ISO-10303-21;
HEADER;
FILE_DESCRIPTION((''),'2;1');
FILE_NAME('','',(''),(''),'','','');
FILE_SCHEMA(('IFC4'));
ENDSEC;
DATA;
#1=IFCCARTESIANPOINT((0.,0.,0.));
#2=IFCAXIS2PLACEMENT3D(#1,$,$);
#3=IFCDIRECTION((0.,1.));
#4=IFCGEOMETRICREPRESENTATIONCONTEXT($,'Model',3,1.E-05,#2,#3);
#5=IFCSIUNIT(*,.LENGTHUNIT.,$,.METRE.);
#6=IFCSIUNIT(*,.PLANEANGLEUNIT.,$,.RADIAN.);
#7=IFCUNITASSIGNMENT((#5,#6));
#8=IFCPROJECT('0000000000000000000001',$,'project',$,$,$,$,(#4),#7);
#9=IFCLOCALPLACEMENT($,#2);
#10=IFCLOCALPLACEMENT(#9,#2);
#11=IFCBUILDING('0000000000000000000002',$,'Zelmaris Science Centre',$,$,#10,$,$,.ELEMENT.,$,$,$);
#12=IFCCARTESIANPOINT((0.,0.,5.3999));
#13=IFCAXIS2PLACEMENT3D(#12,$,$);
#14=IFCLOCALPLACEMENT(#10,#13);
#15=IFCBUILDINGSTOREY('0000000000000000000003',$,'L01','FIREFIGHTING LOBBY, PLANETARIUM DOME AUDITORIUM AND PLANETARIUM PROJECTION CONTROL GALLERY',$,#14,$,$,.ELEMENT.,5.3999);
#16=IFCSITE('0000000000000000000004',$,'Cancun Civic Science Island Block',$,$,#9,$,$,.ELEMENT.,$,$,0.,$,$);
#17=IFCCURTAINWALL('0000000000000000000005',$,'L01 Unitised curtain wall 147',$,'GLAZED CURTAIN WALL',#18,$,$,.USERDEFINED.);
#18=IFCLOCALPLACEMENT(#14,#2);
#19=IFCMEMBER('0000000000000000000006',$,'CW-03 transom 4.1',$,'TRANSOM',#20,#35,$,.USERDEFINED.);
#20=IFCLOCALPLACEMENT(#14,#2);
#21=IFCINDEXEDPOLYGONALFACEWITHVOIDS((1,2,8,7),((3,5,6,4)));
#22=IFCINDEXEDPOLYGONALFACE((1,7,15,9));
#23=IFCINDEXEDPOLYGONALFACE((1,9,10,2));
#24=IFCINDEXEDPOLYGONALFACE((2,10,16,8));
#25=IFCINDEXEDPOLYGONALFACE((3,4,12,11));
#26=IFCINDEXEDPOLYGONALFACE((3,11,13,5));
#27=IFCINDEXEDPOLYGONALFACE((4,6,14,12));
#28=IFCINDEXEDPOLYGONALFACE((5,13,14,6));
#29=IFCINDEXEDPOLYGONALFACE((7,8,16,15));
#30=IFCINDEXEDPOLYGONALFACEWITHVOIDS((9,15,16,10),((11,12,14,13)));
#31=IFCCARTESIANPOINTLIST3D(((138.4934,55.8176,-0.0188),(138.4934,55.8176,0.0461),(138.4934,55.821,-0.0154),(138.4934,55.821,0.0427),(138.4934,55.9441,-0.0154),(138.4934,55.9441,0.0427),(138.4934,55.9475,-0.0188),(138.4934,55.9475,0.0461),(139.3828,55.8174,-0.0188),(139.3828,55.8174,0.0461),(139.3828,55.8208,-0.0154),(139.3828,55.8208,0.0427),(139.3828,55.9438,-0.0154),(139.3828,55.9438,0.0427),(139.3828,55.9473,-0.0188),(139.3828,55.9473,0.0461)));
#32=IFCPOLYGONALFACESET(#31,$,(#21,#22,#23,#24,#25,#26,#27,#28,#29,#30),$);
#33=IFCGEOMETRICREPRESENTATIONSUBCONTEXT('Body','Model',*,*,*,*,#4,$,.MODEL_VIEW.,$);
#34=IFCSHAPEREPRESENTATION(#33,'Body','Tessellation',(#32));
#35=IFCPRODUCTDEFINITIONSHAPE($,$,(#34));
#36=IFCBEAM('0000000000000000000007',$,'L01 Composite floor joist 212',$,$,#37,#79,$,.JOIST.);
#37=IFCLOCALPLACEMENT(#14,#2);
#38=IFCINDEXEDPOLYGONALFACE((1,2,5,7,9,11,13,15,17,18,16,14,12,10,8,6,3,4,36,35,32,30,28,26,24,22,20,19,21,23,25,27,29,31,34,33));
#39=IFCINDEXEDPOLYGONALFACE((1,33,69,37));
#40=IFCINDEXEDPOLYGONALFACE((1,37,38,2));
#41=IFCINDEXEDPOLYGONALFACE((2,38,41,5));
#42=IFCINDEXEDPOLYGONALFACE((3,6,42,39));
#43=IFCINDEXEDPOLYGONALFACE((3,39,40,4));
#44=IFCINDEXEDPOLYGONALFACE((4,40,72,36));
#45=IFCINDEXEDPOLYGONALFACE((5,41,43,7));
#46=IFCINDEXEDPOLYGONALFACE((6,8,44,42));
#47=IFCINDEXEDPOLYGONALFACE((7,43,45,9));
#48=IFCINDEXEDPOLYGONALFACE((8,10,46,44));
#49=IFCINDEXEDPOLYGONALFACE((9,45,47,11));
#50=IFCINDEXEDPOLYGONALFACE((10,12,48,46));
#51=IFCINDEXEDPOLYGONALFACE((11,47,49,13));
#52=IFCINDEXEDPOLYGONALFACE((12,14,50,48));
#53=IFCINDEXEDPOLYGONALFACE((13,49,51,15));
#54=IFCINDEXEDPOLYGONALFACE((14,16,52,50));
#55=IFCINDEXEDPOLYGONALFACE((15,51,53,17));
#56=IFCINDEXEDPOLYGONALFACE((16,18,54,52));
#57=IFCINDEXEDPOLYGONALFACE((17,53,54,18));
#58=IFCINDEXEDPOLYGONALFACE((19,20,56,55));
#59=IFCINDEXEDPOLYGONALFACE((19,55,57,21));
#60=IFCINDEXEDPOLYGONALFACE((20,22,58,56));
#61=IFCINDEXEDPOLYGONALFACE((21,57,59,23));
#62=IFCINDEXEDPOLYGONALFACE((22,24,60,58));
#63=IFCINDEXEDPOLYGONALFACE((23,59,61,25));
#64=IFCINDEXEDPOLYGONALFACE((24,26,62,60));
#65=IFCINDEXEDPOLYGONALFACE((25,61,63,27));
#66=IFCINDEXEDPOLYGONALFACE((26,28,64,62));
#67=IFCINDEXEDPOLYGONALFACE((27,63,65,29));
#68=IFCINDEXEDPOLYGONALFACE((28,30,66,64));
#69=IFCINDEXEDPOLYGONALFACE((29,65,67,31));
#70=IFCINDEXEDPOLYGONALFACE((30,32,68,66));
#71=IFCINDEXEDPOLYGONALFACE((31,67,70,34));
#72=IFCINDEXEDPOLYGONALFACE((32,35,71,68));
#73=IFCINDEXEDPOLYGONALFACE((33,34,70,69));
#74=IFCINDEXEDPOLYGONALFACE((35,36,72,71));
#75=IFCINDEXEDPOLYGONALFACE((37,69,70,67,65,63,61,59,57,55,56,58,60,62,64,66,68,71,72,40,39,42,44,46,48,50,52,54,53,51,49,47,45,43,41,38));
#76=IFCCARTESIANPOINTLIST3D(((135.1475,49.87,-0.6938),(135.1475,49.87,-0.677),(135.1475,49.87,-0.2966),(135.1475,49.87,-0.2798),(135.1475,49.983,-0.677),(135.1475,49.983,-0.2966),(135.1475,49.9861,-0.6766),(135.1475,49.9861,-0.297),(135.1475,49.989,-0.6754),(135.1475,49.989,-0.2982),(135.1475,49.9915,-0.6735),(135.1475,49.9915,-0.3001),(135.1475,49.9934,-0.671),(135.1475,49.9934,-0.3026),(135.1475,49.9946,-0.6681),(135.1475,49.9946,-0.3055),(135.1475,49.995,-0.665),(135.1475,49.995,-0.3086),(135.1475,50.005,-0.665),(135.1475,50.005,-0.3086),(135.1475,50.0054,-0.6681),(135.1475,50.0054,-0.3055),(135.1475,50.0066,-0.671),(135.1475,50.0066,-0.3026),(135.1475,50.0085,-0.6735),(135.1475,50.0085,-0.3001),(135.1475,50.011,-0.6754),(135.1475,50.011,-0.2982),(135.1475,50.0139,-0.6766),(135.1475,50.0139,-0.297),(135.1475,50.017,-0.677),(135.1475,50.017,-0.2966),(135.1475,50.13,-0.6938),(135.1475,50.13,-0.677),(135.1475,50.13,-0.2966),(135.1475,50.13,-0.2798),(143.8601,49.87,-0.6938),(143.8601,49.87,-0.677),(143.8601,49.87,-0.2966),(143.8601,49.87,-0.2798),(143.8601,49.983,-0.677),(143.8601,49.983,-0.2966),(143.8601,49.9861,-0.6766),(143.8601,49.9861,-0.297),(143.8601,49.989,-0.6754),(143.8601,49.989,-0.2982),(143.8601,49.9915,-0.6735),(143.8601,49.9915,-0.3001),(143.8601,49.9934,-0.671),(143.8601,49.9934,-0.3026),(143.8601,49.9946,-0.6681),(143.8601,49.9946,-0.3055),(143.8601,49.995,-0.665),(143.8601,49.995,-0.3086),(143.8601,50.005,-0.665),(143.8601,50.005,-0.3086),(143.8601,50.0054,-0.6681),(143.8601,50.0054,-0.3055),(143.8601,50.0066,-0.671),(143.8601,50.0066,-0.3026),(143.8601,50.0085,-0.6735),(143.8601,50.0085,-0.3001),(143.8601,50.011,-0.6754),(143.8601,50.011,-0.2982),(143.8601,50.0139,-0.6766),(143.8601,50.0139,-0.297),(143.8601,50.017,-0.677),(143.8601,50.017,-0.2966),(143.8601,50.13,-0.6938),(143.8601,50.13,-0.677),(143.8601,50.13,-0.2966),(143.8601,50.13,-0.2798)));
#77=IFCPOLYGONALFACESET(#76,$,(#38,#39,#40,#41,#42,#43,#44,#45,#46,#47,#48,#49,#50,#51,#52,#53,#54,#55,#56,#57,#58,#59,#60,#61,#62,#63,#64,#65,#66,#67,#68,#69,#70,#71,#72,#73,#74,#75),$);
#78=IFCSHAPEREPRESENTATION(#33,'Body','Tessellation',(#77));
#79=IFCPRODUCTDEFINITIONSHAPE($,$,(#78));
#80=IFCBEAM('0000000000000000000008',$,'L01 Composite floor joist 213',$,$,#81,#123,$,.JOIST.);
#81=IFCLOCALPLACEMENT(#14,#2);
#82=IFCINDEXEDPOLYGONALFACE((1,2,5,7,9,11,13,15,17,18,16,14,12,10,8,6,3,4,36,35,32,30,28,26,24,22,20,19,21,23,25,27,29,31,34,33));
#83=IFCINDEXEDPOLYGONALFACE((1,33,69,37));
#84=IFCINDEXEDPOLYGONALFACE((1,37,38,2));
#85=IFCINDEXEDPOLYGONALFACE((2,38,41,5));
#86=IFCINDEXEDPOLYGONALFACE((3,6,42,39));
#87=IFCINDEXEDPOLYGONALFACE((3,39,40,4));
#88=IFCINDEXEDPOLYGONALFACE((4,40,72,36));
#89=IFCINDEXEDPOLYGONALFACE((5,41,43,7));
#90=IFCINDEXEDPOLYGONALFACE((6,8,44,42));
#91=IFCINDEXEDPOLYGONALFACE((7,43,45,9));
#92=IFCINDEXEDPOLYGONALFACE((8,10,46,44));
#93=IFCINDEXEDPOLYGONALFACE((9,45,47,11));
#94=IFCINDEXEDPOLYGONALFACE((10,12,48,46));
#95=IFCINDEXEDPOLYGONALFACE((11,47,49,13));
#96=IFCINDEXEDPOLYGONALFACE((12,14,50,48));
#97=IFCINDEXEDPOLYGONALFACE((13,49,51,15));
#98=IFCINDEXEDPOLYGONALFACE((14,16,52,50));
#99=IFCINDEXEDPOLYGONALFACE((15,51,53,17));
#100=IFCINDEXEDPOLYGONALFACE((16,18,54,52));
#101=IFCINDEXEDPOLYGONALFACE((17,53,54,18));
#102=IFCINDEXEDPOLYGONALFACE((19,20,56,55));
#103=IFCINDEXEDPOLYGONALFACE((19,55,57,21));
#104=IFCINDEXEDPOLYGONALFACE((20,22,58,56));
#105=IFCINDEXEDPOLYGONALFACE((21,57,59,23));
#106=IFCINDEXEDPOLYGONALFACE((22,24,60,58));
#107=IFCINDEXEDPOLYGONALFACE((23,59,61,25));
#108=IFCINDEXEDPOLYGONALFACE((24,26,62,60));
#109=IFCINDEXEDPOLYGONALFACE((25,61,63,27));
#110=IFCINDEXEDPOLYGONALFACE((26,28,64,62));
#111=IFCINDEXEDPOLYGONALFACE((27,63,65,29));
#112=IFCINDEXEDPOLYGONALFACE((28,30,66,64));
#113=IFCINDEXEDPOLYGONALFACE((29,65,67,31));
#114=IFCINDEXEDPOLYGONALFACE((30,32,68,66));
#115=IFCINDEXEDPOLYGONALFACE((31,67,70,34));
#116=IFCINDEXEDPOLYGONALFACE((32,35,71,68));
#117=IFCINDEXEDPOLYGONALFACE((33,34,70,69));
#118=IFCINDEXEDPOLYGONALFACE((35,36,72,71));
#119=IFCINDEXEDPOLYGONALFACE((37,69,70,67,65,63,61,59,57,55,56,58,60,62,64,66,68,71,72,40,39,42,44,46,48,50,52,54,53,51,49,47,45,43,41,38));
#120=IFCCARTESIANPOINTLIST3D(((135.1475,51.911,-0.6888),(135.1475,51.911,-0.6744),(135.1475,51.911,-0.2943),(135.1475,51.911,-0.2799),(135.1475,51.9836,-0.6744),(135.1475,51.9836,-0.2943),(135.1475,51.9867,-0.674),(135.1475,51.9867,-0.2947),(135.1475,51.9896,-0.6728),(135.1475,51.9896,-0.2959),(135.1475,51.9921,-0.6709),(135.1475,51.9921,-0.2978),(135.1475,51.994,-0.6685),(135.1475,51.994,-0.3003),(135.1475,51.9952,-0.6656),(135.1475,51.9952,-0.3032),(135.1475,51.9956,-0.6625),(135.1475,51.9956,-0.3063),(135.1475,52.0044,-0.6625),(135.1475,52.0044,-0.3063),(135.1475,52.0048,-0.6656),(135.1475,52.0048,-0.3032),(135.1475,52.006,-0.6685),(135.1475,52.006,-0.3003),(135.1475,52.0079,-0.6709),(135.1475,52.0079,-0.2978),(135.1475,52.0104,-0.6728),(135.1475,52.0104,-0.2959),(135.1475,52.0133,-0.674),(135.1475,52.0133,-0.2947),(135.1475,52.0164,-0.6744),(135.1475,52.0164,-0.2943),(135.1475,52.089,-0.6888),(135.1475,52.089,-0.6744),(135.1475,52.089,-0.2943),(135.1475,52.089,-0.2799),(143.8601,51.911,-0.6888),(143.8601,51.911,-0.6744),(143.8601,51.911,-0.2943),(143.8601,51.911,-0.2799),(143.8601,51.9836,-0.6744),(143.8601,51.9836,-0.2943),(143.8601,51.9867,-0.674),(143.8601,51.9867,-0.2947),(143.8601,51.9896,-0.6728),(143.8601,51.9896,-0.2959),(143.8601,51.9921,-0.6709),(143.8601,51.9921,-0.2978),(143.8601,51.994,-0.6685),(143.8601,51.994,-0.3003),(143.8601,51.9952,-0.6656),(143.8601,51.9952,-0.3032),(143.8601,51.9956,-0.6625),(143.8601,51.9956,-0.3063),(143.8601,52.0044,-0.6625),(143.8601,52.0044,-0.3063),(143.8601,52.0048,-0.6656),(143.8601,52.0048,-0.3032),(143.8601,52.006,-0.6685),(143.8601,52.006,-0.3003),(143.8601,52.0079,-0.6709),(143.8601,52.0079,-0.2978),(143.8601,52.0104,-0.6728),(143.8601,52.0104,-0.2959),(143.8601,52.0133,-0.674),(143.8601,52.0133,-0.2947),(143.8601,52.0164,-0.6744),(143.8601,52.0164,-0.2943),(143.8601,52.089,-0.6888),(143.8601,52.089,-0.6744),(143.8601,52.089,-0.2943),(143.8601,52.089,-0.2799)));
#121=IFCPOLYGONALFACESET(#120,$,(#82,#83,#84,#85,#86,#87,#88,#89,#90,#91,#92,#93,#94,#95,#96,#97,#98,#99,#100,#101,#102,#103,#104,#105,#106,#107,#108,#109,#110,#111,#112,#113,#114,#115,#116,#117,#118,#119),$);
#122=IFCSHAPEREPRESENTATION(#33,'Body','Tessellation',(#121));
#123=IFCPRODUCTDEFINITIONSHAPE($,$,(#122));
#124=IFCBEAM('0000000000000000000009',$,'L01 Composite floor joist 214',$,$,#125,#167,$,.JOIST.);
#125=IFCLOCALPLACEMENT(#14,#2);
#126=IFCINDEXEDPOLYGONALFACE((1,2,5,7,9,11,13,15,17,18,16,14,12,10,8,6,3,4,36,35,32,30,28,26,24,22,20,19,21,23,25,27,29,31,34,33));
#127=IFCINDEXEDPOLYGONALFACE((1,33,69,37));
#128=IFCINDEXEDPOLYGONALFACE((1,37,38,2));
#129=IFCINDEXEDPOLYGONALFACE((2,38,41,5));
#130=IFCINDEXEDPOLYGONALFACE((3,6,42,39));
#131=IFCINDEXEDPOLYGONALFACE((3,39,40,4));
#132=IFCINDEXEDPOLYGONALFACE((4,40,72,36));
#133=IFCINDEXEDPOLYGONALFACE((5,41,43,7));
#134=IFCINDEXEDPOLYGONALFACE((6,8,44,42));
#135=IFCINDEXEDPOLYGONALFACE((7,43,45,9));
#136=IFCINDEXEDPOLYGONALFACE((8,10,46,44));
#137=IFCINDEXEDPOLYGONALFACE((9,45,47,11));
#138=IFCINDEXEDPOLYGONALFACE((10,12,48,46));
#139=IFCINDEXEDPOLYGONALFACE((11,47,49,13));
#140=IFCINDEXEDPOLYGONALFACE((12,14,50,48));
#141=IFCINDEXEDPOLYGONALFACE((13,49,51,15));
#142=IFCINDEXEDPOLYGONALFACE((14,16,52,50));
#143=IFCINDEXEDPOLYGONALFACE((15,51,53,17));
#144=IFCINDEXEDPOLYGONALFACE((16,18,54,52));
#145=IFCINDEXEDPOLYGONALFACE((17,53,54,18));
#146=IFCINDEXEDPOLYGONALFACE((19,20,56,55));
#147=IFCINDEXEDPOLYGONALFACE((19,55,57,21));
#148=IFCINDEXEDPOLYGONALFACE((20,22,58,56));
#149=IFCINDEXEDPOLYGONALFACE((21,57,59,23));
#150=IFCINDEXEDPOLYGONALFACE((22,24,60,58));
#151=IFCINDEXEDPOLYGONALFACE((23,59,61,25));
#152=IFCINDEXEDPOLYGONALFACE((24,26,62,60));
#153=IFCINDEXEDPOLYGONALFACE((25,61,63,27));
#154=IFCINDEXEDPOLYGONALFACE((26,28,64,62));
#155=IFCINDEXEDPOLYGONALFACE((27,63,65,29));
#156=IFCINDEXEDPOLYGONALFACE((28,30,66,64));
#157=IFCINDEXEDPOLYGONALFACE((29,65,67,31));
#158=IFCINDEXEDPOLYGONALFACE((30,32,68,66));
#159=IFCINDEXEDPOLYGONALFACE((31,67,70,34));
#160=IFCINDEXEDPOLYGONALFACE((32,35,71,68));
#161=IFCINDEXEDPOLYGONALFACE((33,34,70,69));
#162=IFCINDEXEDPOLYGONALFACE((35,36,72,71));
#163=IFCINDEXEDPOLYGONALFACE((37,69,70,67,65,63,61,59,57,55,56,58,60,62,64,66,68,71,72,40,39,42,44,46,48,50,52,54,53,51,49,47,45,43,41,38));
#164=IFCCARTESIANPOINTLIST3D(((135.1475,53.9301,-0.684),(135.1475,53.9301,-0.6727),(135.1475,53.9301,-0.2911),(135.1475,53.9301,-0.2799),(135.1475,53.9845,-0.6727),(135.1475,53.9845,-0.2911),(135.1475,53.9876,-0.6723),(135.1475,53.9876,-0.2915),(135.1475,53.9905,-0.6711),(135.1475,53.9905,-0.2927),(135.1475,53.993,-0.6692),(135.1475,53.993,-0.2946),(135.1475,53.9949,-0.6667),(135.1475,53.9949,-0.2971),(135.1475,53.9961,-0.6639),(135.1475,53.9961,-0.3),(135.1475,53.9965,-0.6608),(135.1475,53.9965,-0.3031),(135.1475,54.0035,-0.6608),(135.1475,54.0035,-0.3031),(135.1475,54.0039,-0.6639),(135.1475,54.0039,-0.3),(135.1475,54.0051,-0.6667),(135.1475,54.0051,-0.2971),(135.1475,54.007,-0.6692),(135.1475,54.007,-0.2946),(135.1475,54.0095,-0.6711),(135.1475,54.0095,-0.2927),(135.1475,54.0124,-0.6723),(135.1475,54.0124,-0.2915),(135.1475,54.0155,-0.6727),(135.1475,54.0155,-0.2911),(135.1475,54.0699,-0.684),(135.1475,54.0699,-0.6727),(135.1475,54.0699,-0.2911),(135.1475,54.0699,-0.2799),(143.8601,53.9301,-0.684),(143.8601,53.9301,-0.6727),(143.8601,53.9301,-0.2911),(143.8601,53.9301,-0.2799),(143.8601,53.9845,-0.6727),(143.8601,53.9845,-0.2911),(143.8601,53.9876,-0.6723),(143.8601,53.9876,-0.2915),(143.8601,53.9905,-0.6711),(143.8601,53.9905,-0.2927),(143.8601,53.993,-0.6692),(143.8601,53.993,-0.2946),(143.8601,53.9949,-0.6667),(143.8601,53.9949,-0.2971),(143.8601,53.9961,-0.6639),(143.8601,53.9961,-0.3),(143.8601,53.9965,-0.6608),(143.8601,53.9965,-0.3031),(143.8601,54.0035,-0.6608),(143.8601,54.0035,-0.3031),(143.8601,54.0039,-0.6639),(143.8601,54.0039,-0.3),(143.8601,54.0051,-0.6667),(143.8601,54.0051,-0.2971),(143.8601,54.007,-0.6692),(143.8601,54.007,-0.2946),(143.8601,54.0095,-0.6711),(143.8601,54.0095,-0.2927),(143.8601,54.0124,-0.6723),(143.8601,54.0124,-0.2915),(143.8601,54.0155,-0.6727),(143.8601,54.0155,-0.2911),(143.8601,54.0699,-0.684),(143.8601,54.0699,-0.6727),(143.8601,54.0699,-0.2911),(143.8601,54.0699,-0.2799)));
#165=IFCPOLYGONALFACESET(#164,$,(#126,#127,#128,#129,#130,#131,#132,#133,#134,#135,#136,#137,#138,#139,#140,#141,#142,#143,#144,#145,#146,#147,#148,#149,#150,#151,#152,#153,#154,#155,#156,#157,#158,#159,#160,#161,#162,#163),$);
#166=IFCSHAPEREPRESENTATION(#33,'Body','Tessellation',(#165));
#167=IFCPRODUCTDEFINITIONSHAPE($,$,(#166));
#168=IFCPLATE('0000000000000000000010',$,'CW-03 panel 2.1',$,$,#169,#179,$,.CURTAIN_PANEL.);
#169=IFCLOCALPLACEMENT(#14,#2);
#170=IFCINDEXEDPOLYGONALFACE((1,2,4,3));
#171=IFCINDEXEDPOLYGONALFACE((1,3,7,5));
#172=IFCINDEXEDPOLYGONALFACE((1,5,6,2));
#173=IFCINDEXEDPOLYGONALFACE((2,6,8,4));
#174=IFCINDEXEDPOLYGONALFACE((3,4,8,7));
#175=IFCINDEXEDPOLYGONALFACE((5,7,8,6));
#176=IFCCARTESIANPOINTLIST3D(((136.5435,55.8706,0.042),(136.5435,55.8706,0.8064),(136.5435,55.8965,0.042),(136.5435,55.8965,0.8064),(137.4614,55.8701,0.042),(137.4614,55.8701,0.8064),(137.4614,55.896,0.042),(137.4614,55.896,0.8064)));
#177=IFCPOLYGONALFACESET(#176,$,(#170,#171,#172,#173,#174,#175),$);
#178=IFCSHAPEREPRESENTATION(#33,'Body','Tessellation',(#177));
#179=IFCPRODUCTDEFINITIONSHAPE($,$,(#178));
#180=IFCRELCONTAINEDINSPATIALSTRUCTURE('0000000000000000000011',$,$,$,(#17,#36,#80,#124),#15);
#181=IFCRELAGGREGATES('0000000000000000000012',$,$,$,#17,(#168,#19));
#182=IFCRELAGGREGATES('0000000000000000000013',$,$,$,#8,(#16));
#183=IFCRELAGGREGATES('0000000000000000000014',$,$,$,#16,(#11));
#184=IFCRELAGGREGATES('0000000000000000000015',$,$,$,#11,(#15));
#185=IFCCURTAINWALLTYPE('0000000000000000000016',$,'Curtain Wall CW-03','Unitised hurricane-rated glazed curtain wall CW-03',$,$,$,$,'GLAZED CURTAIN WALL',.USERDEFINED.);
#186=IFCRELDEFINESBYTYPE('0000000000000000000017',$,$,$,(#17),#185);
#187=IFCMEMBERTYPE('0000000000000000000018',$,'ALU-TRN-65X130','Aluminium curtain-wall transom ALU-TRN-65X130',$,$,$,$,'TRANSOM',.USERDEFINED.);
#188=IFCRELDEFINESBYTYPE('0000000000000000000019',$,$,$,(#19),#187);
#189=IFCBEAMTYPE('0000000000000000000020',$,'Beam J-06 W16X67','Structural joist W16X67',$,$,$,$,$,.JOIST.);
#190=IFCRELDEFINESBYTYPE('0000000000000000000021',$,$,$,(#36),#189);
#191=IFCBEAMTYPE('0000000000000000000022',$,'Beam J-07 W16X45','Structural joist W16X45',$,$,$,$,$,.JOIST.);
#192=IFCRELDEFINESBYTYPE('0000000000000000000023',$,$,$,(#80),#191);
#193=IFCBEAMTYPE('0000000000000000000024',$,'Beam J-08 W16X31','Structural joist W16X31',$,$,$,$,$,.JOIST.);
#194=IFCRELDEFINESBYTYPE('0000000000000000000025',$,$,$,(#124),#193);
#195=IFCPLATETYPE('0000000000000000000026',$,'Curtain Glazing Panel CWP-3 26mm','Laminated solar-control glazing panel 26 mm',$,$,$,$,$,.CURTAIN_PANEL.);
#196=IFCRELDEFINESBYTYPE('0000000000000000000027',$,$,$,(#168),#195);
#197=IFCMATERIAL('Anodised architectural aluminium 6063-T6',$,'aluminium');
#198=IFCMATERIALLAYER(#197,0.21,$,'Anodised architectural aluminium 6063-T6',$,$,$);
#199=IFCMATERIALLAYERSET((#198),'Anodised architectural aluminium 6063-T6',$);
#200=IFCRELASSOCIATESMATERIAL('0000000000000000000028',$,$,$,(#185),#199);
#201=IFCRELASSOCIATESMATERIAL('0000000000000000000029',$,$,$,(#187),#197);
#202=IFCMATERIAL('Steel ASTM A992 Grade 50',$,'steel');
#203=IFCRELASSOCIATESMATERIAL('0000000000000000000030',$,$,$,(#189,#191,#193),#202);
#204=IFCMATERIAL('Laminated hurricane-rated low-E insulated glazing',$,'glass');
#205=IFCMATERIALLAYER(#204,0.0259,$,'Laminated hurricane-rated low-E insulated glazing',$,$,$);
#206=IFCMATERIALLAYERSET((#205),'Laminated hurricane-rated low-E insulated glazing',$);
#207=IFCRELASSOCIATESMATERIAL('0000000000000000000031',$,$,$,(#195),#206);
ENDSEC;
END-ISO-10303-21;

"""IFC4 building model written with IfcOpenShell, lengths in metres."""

from ifc_helpers import new_model, si_unit, direction, frame, origin, origin_2d, place, context, subcontext, project, spatial, rectangle, hollow_rectangle, i_section, extrude, material, layer, layer_set, material_profile, profile_set, type_object, element, aggregate, save


model = new_model("IFC4")

# Units and contexts
model_context = context("Model", 3, precision=1e-05, world=origin(), true_north=direction((0.0, 1.0)))
body_context = subcontext(model_context, "Body", "Model", "MODEL_VIEW")
ifc_project = project(units=[si_unit("LENGTHUNIT", "METRE"), si_unit("PLANEANGLEUNIT", "RADIAN")], contexts=[model_context])

# Site, building, storey
site_placement = place(None, origin())
site = spatial("IfcSite", under=ifc_project, at=site_placement, Name="Cancun Civic Science Island Block", CompositionType="ELEMENT", RefElevation=0.0)
building_placement = place(site_placement, origin())
building = spatial("IfcBuilding", under=site, at=building_placement, Name="Zelmaris Science Centre", CompositionType="ELEMENT")
storey_placement = place(building_placement, frame((0.0, 0.0, 5.3999)))
storey = spatial("IfcBuildingStorey", under=building, at=storey_placement, Name="L01", Description="FIREFIGHTING LOBBY, PLANETARIUM DOME AUDITORIUM AND PLANETARIUM PROJECTION CONTROL GALLERY", CompositionType="ELEMENT", Elevation=5.3999)

# Curtain wall, member
ifc_material_1 = material(Name="Anodised architectural aluminium 6063-T6", Category="aluminium")
ifc_layer_1 = layer(ifc_material_1, 0.21, Name="Anodised architectural aluminium 6063-T6")
ifc_layer_set_1 = layer_set([ifc_layer_1], Name="Anodised architectural aluminium 6063-T6")
curtain_wall_type = type_object("IfcCurtainWallType", Name="Curtain Wall CW-03", Description="Unitised hurricane-rated glazed curtain wall CW-03", ElementType="GLAZED CURTAIN WALL", PredefinedType="USERDEFINED", material=ifc_layer_set_1)
curtain_wall_placement = place(storey_placement, origin())
curtain_wall = element("IfcCurtainWall", 1, at=curtain_wall_placement, inside=storey, type_object=curtain_wall_type, Name="L01 Unitised curtain wall 147", ObjectType="GLAZED CURTAIN WALL", PredefinedType="USERDEFINED")
ifc_material_profile_1 = material_profile(ifc_material_1, hollow_rectangle(XDim=0.0649, YDim=0.1299, WallThickness=0.0034, at=origin_2d()), Name="ALU-TRN-65X130")
ifc_profile_set_1 = profile_set([ifc_material_profile_1], Name="Anodised architectural aluminium 6063-T6")
member_type_1 = type_object("IfcMemberType", Name="ALU-TRN-65X130", Description="Aluminium curtain-wall transom ALU-TRN-65X130", ElementType="TRANSOM", PredefinedType="USERDEFINED", material=ifc_profile_set_1)
member_1_placement = place(storey_placement, frame((138.4934, 55.8826, 0.0137), z_axis=(1.0, -0.000274, 0.0), x_axis=(0.0, 0.0, 1.0)))
member_1 = element("IfcMember", 2, at=member_1_placement, type_object=member_type_1, Name="CW-03 transom 4.1", ObjectType="TRANSOM", PredefinedType="USERDEFINED", context=body_context, shape_type="SweptSolid", body=[
    extrude(hollow_rectangle(XDim=0.0649, YDim=0.1299, WallThickness=0.0034, at=origin_2d()), origin(), (0.0, 0.0, 1.0), 0.8894),
])

# Beams
ifc_material_2 = material(Name="Steel ASTM A992 Grade 50", Category="steel")
ifc_material_profile_2 = material_profile(ifc_material_2, i_section(OverallWidth=0.26, OverallDepth=0.4141, WebThickness=0.01, FlangeThickness=0.0168, FilletRadius=0.012, at=origin_2d()), Name="W16X67")
ifc_profile_set_2 = profile_set([ifc_material_profile_2], Name="Steel ASTM A992 Grade 50")
beam_type_1 = type_object("IfcBeamType", Name="Beam J-06 W16X67", Description="Structural joist W16X67", PredefinedType="JOIST", material=ifc_profile_set_2)
beam_1_placement = place(storey_placement, frame((135.1475, 50.0, -0.4868), z_axis=(1.0, 0.0, 0.0), x_axis=(0.0, 1.0, 0.0)))
element("IfcBeam", 3, at=beam_1_placement, inside=storey, type_object=beam_type_1, Name="L01 Composite floor joist 212", PredefinedType="JOIST", context=body_context, shape_type="SweptSolid", body=[
    extrude(i_section(OverallWidth=0.26, OverallDepth=0.4141, WebThickness=0.01, FlangeThickness=0.0168, FilletRadius=0.012, at=origin_2d()), origin(), (0.0, 0.0, 1.0), 8.7126),
])
ifc_material_profile_3 = material_profile(ifc_material_2, i_section(OverallWidth=0.178, OverallDepth=0.4089, WebThickness=0.0088, FlangeThickness=0.0144, FilletRadius=0.012, at=origin_2d()), Name="W16X45")
ifc_profile_set_3 = profile_set([ifc_material_profile_3], Name="Steel ASTM A992 Grade 50")
beam_type_2 = type_object("IfcBeamType", Name="Beam J-07 W16X45", Description="Structural joist W16X45", PredefinedType="JOIST", material=ifc_profile_set_3)
beam_2_placement = place(storey_placement, frame((135.1475, 52.0, -0.4844), z_axis=(1.0, 0.0, 0.0), x_axis=(0.0, 1.0, 0.0)))
element("IfcBeam", 4, at=beam_2_placement, inside=storey, type_object=beam_type_2, Name="L01 Composite floor joist 213", PredefinedType="JOIST", context=body_context, shape_type="SweptSolid", body=[
    extrude(i_section(OverallWidth=0.178, OverallDepth=0.4089, WebThickness=0.0088, FlangeThickness=0.0144, FilletRadius=0.012, at=origin_2d()), origin(), (0.0, 0.0, 1.0), 8.7126),
])
ifc_material_profile_4 = material_profile(ifc_material_2, i_section(OverallWidth=0.1399, OverallDepth=0.4041, WebThickness=0.0071, FlangeThickness=0.0112, FilletRadius=0.012, at=origin_2d()), Name="W16X31")
ifc_profile_set_4 = profile_set([ifc_material_profile_4], Name="Steel ASTM A992 Grade 50")
beam_type_3 = type_object("IfcBeamType", Name="Beam J-08 W16X31", Description="Structural joist W16X31", PredefinedType="JOIST", material=ifc_profile_set_4)
beam_3_placement = place(storey_placement, frame((135.1475, 54.0, -0.4819), z_axis=(1.0, 0.0, 0.0), x_axis=(0.0, 1.0, 0.0)))
element("IfcBeam", 5, at=beam_3_placement, inside=storey, type_object=beam_type_3, Name="L01 Composite floor joist 214", PredefinedType="JOIST", context=body_context, shape_type="SweptSolid", body=[
    extrude(i_section(OverallWidth=0.1399, OverallDepth=0.4041, WebThickness=0.0071, FlangeThickness=0.0112, FilletRadius=0.012, at=origin_2d()), origin(), (0.0, 0.0, 1.0), 8.7126),
])

# Plate
ifc_material_3 = material(Name="Laminated hurricane-rated low-E insulated glazing", Category="glass")
ifc_layer_2 = layer(ifc_material_3, 0.0259, Name="Laminated hurricane-rated low-E insulated glazing")
ifc_layer_set_2 = layer_set([ifc_layer_2], Name="Laminated hurricane-rated low-E insulated glazing")
plate_type = type_object("IfcPlateType", Name="Curtain Glazing Panel CWP-3 26mm", Description="Laminated solar-control glazing panel 26 mm", PredefinedType="CURTAIN_PANEL", material=ifc_layer_set_2)
plate_1_placement = place(storey_placement, frame((137.0024, 55.8833, 0.042), z_axis=(0.0, 0.0, 1.0), x_axis=(1.0, -0.000487, 0.0)))
plate_1 = element("IfcPlate", 6, at=plate_1_placement, type_object=plate_type, Name="CW-03 panel 2.1", PredefinedType="CURTAIN_PANEL", context=body_context, shape_type="SweptSolid", body=[
    extrude(rectangle(XDim=0.918, YDim=0.0259, at=origin_2d()), origin(), (0.0, 0.0, 1.0), 0.7644),
])
aggregate(curtain_wall, [plate_1, member_1])

save(model, "model.ifc")
